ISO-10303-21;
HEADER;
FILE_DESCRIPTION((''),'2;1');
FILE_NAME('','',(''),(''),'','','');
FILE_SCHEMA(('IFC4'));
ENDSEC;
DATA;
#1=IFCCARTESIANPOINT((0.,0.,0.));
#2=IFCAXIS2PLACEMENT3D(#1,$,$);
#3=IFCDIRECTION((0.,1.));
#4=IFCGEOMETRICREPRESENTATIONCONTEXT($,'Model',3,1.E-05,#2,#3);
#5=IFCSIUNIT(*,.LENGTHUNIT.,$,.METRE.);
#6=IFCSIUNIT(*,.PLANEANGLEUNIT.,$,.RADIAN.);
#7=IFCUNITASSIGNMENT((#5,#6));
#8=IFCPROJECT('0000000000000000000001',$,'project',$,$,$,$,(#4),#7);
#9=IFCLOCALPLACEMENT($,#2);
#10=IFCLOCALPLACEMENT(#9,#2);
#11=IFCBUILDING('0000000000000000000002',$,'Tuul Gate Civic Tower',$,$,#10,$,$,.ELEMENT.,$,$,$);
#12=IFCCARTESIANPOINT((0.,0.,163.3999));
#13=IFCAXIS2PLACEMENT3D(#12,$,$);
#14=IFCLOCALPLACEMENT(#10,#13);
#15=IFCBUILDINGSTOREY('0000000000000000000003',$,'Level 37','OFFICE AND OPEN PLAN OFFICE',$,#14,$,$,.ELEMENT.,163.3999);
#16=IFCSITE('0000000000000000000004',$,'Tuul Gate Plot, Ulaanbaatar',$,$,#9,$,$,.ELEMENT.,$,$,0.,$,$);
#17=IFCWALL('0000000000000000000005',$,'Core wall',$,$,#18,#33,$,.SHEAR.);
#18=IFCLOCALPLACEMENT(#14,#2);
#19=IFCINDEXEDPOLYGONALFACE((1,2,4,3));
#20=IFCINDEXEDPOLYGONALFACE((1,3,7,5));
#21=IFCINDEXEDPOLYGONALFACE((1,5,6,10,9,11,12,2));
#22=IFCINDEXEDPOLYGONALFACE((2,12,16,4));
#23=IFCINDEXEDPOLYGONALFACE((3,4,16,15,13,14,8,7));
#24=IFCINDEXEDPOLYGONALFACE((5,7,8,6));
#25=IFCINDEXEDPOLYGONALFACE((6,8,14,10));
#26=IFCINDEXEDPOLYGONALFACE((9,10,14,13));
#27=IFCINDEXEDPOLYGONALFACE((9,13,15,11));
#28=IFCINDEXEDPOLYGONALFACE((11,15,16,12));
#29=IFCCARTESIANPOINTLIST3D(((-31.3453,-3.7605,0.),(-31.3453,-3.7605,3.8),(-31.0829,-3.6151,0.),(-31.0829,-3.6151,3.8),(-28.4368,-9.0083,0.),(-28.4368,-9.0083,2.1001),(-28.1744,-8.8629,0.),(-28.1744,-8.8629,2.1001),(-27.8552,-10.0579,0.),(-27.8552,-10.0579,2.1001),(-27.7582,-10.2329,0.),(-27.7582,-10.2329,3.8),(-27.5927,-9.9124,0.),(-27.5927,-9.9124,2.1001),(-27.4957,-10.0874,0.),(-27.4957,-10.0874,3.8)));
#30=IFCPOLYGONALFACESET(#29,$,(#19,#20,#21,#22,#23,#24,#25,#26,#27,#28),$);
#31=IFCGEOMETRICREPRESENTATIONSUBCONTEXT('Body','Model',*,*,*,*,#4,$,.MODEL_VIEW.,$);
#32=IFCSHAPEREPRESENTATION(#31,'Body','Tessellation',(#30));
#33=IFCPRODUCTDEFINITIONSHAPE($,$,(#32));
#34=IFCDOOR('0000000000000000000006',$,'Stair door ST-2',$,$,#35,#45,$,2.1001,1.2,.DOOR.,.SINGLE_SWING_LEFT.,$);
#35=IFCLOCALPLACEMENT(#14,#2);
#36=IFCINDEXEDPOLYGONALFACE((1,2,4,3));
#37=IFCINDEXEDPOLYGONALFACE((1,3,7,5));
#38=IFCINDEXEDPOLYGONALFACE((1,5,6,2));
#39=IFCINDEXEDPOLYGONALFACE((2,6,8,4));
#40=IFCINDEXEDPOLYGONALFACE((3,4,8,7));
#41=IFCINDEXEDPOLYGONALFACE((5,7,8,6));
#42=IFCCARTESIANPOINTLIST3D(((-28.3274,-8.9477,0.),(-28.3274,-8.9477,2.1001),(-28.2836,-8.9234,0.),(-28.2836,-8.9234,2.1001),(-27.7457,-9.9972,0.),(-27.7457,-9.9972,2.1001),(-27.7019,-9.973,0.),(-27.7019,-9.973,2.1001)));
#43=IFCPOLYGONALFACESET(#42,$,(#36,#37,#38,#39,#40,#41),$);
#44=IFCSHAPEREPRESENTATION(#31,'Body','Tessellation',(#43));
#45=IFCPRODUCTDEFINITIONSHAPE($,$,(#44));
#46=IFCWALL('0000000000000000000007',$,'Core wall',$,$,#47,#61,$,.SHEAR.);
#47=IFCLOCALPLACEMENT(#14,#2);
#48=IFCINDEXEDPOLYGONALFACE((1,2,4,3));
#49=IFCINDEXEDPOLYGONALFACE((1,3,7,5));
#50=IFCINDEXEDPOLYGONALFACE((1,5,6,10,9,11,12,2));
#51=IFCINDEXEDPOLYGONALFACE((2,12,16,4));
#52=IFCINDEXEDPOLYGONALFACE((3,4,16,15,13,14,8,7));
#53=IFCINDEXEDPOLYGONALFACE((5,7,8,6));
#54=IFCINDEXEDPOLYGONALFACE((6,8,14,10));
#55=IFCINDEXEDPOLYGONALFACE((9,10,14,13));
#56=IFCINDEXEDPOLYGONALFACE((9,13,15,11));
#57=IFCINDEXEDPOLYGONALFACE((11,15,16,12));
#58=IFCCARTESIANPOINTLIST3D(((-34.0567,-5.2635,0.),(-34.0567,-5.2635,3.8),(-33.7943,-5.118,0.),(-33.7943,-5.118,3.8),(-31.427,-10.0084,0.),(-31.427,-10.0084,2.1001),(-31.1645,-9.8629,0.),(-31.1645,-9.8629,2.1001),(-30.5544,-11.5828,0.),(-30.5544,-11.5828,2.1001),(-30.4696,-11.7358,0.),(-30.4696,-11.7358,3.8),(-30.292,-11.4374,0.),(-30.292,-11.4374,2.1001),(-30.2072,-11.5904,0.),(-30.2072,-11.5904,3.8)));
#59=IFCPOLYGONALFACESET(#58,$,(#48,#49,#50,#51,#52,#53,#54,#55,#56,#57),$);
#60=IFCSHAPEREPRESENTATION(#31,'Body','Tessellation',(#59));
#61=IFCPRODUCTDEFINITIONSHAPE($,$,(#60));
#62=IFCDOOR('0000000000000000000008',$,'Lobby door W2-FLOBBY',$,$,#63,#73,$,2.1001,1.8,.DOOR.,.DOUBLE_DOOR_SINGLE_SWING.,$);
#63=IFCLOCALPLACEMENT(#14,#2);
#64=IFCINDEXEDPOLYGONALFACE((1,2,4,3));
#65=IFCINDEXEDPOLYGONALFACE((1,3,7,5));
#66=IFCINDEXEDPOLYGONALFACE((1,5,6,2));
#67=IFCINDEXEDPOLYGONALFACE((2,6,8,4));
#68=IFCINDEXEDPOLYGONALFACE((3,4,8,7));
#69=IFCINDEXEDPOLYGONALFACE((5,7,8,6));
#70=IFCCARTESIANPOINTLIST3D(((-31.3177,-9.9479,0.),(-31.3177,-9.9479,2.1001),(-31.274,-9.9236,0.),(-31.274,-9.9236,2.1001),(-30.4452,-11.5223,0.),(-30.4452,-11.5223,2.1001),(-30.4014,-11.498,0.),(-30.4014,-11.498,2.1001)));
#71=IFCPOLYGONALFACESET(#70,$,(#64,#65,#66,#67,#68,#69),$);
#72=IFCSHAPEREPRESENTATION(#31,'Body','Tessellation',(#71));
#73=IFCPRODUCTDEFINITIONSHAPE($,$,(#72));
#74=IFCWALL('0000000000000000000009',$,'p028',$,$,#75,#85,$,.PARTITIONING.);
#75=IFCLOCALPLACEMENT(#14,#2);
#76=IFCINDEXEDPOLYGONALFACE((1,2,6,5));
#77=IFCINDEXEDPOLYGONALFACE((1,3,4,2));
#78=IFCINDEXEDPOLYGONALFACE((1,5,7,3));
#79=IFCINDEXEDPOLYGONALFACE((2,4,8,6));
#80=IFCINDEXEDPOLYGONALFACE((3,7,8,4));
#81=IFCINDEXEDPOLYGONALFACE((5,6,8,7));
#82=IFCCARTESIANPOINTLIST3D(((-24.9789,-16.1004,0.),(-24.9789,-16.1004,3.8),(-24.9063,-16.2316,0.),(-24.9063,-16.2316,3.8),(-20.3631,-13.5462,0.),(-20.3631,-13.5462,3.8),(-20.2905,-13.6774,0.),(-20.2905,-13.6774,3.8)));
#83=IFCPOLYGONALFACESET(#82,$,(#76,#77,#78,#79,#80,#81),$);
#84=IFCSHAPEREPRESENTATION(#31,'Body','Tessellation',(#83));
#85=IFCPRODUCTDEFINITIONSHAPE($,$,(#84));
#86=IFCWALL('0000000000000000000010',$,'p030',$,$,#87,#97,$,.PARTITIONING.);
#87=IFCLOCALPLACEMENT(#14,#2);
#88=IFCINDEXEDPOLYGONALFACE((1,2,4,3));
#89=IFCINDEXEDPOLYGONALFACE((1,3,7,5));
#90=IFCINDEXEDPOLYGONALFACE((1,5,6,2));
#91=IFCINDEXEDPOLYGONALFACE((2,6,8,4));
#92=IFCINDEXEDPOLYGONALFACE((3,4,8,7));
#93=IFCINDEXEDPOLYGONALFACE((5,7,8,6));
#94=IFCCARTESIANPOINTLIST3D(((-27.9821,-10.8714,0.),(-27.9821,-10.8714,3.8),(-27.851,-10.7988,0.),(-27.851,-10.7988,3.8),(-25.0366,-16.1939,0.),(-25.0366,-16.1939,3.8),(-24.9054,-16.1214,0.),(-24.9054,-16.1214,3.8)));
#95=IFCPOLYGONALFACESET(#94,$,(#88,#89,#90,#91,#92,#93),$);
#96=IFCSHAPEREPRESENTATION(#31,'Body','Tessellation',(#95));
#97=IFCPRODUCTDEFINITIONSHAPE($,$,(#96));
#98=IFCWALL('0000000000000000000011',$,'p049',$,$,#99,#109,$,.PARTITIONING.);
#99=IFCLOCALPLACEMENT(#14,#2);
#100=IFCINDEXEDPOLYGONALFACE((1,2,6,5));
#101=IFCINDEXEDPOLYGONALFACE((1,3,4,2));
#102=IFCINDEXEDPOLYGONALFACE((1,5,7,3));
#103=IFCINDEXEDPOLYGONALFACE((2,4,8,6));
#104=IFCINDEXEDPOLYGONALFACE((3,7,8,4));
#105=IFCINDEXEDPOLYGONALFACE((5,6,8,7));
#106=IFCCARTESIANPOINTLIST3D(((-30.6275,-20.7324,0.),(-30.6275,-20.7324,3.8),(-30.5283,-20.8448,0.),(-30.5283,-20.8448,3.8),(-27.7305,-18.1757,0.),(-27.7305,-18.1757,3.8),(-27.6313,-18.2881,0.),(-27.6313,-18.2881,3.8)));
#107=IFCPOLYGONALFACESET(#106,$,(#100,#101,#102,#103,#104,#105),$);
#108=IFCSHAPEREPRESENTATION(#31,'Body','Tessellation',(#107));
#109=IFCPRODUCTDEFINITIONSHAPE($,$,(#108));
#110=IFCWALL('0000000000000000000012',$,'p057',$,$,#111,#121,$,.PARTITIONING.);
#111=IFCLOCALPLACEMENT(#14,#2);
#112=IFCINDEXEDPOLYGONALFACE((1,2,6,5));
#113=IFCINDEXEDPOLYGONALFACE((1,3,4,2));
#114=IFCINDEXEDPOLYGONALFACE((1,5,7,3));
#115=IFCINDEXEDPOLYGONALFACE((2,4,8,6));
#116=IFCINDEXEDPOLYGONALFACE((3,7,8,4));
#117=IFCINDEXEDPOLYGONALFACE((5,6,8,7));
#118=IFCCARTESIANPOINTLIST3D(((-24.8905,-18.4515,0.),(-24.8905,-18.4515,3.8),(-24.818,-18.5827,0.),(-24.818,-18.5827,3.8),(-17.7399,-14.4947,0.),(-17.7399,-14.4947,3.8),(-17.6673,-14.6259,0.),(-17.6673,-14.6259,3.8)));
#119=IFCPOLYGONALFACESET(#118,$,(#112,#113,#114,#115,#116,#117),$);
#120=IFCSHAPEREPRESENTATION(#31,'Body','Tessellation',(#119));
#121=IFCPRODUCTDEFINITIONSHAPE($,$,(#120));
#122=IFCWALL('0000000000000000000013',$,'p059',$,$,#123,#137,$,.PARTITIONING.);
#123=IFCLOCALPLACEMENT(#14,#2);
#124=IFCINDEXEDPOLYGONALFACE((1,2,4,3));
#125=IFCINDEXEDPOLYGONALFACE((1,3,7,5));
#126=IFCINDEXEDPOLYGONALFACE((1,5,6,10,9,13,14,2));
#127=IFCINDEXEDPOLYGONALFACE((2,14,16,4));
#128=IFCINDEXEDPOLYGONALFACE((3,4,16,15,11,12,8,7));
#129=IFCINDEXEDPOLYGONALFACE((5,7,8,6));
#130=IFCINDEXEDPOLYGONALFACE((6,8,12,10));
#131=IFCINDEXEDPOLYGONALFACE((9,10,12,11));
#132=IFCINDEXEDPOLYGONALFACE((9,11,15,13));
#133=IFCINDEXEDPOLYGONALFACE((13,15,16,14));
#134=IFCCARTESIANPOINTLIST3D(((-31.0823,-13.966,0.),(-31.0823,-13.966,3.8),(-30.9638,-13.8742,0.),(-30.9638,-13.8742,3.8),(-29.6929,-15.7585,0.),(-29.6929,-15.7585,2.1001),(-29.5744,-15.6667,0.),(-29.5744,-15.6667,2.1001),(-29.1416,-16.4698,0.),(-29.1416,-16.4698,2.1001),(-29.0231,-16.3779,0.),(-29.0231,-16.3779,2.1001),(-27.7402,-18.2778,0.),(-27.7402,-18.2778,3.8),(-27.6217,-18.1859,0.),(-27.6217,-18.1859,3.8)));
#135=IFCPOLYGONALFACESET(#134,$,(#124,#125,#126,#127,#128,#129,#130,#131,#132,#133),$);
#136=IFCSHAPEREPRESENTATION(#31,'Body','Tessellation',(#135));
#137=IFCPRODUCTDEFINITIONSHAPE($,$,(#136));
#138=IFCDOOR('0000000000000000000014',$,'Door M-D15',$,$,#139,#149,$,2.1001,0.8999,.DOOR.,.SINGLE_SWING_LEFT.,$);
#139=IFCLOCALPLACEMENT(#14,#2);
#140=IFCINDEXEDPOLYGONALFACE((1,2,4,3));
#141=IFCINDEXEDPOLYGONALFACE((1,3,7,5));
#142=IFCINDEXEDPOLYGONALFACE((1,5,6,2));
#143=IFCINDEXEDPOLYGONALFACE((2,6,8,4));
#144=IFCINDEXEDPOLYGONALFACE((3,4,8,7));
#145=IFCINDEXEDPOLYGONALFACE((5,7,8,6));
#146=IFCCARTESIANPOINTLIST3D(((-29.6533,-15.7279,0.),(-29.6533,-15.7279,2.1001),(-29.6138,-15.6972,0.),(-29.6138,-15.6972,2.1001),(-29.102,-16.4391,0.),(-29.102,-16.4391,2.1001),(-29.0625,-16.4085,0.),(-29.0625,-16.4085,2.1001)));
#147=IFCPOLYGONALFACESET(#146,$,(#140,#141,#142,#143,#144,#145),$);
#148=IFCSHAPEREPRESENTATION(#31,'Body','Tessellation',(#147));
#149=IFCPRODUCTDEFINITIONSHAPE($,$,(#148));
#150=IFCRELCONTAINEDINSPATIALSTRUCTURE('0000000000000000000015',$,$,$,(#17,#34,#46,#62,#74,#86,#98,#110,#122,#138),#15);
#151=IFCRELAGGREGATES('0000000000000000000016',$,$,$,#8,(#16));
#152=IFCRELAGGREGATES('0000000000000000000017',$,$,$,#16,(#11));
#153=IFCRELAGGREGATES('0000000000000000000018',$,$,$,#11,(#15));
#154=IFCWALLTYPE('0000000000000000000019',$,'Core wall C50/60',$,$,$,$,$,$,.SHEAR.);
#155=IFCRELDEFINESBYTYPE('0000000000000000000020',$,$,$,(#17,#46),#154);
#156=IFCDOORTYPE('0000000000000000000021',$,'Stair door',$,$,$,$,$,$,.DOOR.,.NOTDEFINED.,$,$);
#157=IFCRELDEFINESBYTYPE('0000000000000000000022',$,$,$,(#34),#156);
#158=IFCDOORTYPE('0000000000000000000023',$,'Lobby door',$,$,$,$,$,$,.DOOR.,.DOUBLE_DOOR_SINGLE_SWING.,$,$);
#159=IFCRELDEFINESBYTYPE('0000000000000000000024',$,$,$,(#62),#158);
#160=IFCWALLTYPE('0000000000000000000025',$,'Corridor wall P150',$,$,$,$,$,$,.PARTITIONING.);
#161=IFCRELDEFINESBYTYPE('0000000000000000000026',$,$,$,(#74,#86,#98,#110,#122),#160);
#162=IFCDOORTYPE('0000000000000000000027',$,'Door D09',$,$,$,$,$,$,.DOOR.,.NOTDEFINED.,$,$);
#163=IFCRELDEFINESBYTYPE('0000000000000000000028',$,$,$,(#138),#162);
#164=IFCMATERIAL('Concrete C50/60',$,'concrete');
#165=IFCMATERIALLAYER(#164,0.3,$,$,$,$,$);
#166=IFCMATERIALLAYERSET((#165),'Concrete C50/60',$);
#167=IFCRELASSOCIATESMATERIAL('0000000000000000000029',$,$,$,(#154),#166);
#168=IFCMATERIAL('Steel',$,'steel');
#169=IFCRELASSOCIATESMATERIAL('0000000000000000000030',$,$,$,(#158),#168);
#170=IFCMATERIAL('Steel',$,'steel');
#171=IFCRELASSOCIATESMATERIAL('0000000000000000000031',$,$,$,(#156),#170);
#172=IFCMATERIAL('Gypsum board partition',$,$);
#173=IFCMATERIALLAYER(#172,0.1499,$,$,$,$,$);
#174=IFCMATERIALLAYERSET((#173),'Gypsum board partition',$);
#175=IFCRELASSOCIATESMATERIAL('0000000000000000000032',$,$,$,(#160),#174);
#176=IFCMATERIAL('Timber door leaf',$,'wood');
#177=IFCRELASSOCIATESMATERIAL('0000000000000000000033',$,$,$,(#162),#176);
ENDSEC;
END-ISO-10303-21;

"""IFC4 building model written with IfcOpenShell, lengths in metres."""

from ifc_helpers import new_model, si_unit, direction, frame, frame_2d, origin, place, context, subcontext, project, spatial, rectangle, extrude, material, layer, layer_set, type_object, element, fill, save


model = new_model("IFC4")

# Units and contexts
model_context = context("Model", 3, precision=1e-05, world=origin(), true_north=direction((0.0, 1.0)))
body_context = subcontext(model_context, "Body", "Model", "MODEL_VIEW")
ifc_project = project(units=[si_unit("LENGTHUNIT", "METRE"), si_unit("PLANEANGLEUNIT", "RADIAN")], contexts=[model_context])

# Site, building, storey
site_placement = place(None, origin())
site = spatial("IfcSite", under=ifc_project, at=site_placement, Name="Tuul Gate Plot, Ulaanbaatar", CompositionType="ELEMENT", RefElevation=0.0)
building_placement = place(site_placement, origin())
building = spatial("IfcBuilding", under=site, at=building_placement, Name="Tuul Gate Civic Tower", CompositionType="ELEMENT")
storey_placement = place(building_placement, frame((0.0, 0.0, 163.3999)))
storey = spatial("IfcBuildingStorey", under=building, at=storey_placement, Name="Level 37", Description="OFFICE AND OPEN PLAN OFFICE", CompositionType="ELEMENT", Elevation=163.3999)

# Shared definitions
ifc_material_1 = material(Name="Concrete C50/60", Category="concrete")
ifc_layer_1 = layer(ifc_material_1, 0.3)
ifc_layer_set_1 = layer_set([ifc_layer_1], Name="Concrete C50/60")
wall_type_1 = type_object("IfcWallType", Name="Core wall C50/60", PredefinedType="SHEAR", material=ifc_layer_set_1)
ifc_material_2 = material(Name="Steel", Category="steel")
door_type_1 = type_object("IfcDoorType", Name="Lobby door", OperationType="DOUBLE_DOOR_SINGLE_SWING", PredefinedType="DOOR", material=ifc_material_2)

# Walls, openings, doors
wall_1_placement = place(storey_placement, frame((-27.627, -10.1602, 0.0), z_axis=(0.0, 0.0, 1.0), x_axis=(-0.484752, 0.874652, 0.0)))
wall_1 = element("IfcWall", 1, at=wall_1_placement, inside=storey, type_object=wall_type_1, Name="Core wall", PredefinedType="SHEAR", context=body_context, shape_type="SweptSolid", body=[
    extrude(rectangle(XDim=7.3999, YDim=0.3, at=frame_2d((3.7, 0.0))), origin(), (0.0, 0.0, 1.0), 3.8),
])
opening_1_placement = place(wall_1_placement, frame((0.2, 0.0, 0.0)))
opening_1 = element("IfcOpeningElement", 2, at=opening_1_placement, cuts=wall_1, PredefinedType="OPENING", context=body_context, shape_type="SweptSolid", body=[
    extrude(rectangle(XDim=1.2, YDim=2.1001, at=frame_2d((0.6001, 1.05))), frame((0.0, 0.1602, 0.0), z_axis=(0.0, -1.0, 0.0), x_axis=(1.0, 0.0, 0.0)), (0.0, 0.0, 1.0), 0.3201),
])
ifc_material_3 = material(Name="Steel", Category="steel")
door_type_2 = type_object("IfcDoorType", Name="Stair door", OperationType="NOTDEFINED", PredefinedType="DOOR", material=ifc_material_3)
door_1_placement = place(opening_1_placement, origin())
door_1 = element("IfcDoor", 3, at=door_1_placement, inside=storey, type_object=door_type_2, Name="Stair door ST-2", OperationType="SINGLE_SWING_LEFT", OverallHeight=2.1001, OverallWidth=1.2, PredefinedType="DOOR", context=body_context, shape_type="SweptSolid", body=[
    extrude(rectangle(XDim=1.2, YDim=2.1001, at=frame_2d((0.6001, 1.05))), frame((0.0, 0.0249, 0.0), z_axis=(0.0, -1.0, 0.0), x_axis=(1.0, 0.0, 0.0)), (0.0, 0.0, 1.0), 0.05),
])
fill(opening_1, door_1)
wall_2_placement = place(storey_placement, frame((-30.3384, -11.6631, 0.0), z_axis=(0.0, 0.0, 1.0), x_axis=(-0.484752, 0.874652, 0.0)))
wall_2 = element("IfcWall", 4, at=wall_2_placement, inside=storey, type_object=wall_type_1, Name="Core wall", PredefinedType="SHEAR", context=body_context, shape_type="SweptSolid", body=[
    extrude(rectangle(XDim=7.3999, YDim=0.3, at=frame_2d((3.7, 0.0))), origin(), (0.0, 0.0, 1.0), 3.8),
])
opening_2_placement = place(wall_2_placement, frame((0.175, 0.0, 0.0)))
opening_2 = element("IfcOpeningElement", 5, at=opening_2_placement, cuts=wall_2, PredefinedType="OPENING", context=body_context, shape_type="SweptSolid", body=[
    extrude(rectangle(XDim=1.8, YDim=2.1001, at=frame_2d((0.8999, 1.05))), frame((0.0, 0.1602, 0.0), z_axis=(0.0, -1.0, 0.0), x_axis=(1.0, 0.0, 0.0)), (0.0, 0.0, 1.0), 0.3201),
])
door_2_placement = place(opening_2_placement, frame((1.8, 0.0, 0.0), z_axis=(0.0, 0.0, 1.0), x_axis=(-1.0, 0.0, 0.0)))
door_2 = element("IfcDoor", 6, at=door_2_placement, inside=storey, type_object=door_type_1, Name="Lobby door W2-FLOBBY", OperationType="DOUBLE_DOOR_SINGLE_SWING", OverallHeight=2.1001, OverallWidth=1.8, PredefinedType="DOOR", context=body_context, shape_type="SweptSolid", body=[
    extrude(rectangle(XDim=1.8, YDim=2.1001, at=frame_2d((0.9001, 1.05))), frame((0.0, 0.0249, 0.0), z_axis=(0.0, -1.0, 0.0), x_axis=(1.0, 0.0, 0.0)), (0.0, 0.0, 1.0), 0.05),
])
fill(opening_2, door_2)

# Walls
ifc_material_4 = material(Name="Gypsum board partition")
ifc_layer_2 = layer(ifc_material_4, 0.1499)
ifc_layer_set_2 = layer_set([ifc_layer_2], Name="Gypsum board partition")
wall_type_2 = type_object("IfcWallType", Name="Corridor wall P150", PredefinedType="PARTITIONING", material=ifc_layer_set_2)
wall_3_placement = place(storey_placement, frame((-24.9426, -16.166, 0.0), z_axis=(0.0, 0.0, 1.0), x_axis=(0.874968, 0.484181, 0.0)))
element("IfcWall", 7, at=wall_3_placement, inside=storey, type_object=wall_type_2, Name="p028", PredefinedType="PARTITIONING", context=body_context, shape_type="SweptSolid", body=[
    extrude(rectangle(XDim=5.2754, YDim=0.1499, at=frame_2d((2.6377, 0.0))), origin(), (0.0, 0.0, 1.0), 3.8),
])
wall_4_placement = place(storey_placement, frame((-27.9165, -10.8352, 0.0), z_axis=(0.0, 0.0, 1.0), x_axis=(0.484211, -0.874951, 0.0)))
element("IfcWall", 8, at=wall_4_placement, inside=storey, type_object=wall_type_2, Name="p030", PredefinedType="PARTITIONING", context=body_context, shape_type="SweptSolid", body=[
    extrude(rectangle(XDim=6.0833, YDim=0.1499, at=frame_2d((3.0415, 0.0))), origin(), (0.0, 0.0, 1.0), 3.8),
])
wall_5_placement = place(storey_placement, frame((-30.5779, -20.7886, 0.0), z_axis=(0.0, 0.0, 1.0), x_axis=(0.749775, 0.661693, 0.0)))
element("IfcWall", 9, at=wall_5_placement, inside=storey, type_object=wall_type_2, Name="p049", PredefinedType="PARTITIONING", context=body_context, shape_type="SweptSolid", body=[
    extrude(rectangle(XDim=3.8638, YDim=0.1499, at=frame_2d((1.9319, 0.0))), origin(), (0.0, 0.0, 1.0), 3.8),
])
wall_6_placement = place(storey_placement, frame((-24.8542, -18.5171, 0.0), z_axis=(0.0, 0.0, 1.0), x_axis=(0.874976, 0.484166, 0.0)))
element("IfcWall", 10, at=wall_6_placement, inside=storey, type_object=wall_type_2, Name="p057", PredefinedType="PARTITIONING", context=body_context, shape_type="SweptSolid", body=[
    extrude(rectangle(XDim=8.1724, YDim=0.1499, at=frame_2d((4.0862, 0.0))), origin(), (0.0, 0.0, 1.0), 3.8),
])

# Wall, opening, door
wall_7_placement = place(storey_placement, frame((-31.0229, -13.9202, 0.0), z_axis=(0.0, 0.0, 1.0), x_axis=(0.61262, -0.790378, 0.0)))
wall_7 = element("IfcWall", 11, at=wall_7_placement, inside=storey, type_object=wall_type_2, Name="p059", PredefinedType="PARTITIONING", context=body_context, shape_type="SweptSolid", body=[
    extrude(rectangle(XDim=5.4553, YDim=0.1499, at=frame_2d((2.7275, 0.0))), origin(), (0.0, 0.0, 1.0), 3.8),
])
opening_3_placement = place(wall_7_placement, frame((2.2678, 0.0, 0.0)))
opening_3 = element("IfcOpeningElement", 12, at=opening_3_placement, cuts=wall_7, PredefinedType="OPENING", context=body_context, shape_type="SweptSolid", body=[
    extrude(rectangle(XDim=0.8999, YDim=2.1001, at=frame_2d((0.45, 1.05))), frame((0.0, 0.085, 0.0), z_axis=(0.0, -1.0, 0.0), x_axis=(1.0, 0.0, 0.0)), (0.0, 0.0, 1.0), 0.1699),
])
ifc_material_5 = material(Name="Timber door leaf", Category="wood")
door_type_3 = type_object("IfcDoorType", Name="Door D09", OperationType="NOTDEFINED", PredefinedType="DOOR", material=ifc_material_5)
door_3_placement = place(opening_3_placement, frame((0.8999, 0.0, 0.0), z_axis=(0.0, 0.0, 1.0), x_axis=(-1.0, 0.0, 0.0)))
door_3 = element("IfcDoor", 13, at=door_3_placement, inside=storey, type_object=door_type_3, Name="Door M-D15", OperationType="SINGLE_SWING_LEFT", OverallHeight=2.1001, OverallWidth=0.8999, PredefinedType="DOOR", context=body_context, shape_type="SweptSolid", body=[
    extrude(rectangle(XDim=0.8999, YDim=2.1001, at=frame_2d((0.45, 1.05))), frame((0.0, 0.0249, 0.0), z_axis=(0.0, -1.0, 0.0), x_axis=(1.0, 0.0, 0.0)), (0.0, 0.0, 1.0), 0.05),
])
fill(opening_3, door_3)

save(model, "model.ifc")
